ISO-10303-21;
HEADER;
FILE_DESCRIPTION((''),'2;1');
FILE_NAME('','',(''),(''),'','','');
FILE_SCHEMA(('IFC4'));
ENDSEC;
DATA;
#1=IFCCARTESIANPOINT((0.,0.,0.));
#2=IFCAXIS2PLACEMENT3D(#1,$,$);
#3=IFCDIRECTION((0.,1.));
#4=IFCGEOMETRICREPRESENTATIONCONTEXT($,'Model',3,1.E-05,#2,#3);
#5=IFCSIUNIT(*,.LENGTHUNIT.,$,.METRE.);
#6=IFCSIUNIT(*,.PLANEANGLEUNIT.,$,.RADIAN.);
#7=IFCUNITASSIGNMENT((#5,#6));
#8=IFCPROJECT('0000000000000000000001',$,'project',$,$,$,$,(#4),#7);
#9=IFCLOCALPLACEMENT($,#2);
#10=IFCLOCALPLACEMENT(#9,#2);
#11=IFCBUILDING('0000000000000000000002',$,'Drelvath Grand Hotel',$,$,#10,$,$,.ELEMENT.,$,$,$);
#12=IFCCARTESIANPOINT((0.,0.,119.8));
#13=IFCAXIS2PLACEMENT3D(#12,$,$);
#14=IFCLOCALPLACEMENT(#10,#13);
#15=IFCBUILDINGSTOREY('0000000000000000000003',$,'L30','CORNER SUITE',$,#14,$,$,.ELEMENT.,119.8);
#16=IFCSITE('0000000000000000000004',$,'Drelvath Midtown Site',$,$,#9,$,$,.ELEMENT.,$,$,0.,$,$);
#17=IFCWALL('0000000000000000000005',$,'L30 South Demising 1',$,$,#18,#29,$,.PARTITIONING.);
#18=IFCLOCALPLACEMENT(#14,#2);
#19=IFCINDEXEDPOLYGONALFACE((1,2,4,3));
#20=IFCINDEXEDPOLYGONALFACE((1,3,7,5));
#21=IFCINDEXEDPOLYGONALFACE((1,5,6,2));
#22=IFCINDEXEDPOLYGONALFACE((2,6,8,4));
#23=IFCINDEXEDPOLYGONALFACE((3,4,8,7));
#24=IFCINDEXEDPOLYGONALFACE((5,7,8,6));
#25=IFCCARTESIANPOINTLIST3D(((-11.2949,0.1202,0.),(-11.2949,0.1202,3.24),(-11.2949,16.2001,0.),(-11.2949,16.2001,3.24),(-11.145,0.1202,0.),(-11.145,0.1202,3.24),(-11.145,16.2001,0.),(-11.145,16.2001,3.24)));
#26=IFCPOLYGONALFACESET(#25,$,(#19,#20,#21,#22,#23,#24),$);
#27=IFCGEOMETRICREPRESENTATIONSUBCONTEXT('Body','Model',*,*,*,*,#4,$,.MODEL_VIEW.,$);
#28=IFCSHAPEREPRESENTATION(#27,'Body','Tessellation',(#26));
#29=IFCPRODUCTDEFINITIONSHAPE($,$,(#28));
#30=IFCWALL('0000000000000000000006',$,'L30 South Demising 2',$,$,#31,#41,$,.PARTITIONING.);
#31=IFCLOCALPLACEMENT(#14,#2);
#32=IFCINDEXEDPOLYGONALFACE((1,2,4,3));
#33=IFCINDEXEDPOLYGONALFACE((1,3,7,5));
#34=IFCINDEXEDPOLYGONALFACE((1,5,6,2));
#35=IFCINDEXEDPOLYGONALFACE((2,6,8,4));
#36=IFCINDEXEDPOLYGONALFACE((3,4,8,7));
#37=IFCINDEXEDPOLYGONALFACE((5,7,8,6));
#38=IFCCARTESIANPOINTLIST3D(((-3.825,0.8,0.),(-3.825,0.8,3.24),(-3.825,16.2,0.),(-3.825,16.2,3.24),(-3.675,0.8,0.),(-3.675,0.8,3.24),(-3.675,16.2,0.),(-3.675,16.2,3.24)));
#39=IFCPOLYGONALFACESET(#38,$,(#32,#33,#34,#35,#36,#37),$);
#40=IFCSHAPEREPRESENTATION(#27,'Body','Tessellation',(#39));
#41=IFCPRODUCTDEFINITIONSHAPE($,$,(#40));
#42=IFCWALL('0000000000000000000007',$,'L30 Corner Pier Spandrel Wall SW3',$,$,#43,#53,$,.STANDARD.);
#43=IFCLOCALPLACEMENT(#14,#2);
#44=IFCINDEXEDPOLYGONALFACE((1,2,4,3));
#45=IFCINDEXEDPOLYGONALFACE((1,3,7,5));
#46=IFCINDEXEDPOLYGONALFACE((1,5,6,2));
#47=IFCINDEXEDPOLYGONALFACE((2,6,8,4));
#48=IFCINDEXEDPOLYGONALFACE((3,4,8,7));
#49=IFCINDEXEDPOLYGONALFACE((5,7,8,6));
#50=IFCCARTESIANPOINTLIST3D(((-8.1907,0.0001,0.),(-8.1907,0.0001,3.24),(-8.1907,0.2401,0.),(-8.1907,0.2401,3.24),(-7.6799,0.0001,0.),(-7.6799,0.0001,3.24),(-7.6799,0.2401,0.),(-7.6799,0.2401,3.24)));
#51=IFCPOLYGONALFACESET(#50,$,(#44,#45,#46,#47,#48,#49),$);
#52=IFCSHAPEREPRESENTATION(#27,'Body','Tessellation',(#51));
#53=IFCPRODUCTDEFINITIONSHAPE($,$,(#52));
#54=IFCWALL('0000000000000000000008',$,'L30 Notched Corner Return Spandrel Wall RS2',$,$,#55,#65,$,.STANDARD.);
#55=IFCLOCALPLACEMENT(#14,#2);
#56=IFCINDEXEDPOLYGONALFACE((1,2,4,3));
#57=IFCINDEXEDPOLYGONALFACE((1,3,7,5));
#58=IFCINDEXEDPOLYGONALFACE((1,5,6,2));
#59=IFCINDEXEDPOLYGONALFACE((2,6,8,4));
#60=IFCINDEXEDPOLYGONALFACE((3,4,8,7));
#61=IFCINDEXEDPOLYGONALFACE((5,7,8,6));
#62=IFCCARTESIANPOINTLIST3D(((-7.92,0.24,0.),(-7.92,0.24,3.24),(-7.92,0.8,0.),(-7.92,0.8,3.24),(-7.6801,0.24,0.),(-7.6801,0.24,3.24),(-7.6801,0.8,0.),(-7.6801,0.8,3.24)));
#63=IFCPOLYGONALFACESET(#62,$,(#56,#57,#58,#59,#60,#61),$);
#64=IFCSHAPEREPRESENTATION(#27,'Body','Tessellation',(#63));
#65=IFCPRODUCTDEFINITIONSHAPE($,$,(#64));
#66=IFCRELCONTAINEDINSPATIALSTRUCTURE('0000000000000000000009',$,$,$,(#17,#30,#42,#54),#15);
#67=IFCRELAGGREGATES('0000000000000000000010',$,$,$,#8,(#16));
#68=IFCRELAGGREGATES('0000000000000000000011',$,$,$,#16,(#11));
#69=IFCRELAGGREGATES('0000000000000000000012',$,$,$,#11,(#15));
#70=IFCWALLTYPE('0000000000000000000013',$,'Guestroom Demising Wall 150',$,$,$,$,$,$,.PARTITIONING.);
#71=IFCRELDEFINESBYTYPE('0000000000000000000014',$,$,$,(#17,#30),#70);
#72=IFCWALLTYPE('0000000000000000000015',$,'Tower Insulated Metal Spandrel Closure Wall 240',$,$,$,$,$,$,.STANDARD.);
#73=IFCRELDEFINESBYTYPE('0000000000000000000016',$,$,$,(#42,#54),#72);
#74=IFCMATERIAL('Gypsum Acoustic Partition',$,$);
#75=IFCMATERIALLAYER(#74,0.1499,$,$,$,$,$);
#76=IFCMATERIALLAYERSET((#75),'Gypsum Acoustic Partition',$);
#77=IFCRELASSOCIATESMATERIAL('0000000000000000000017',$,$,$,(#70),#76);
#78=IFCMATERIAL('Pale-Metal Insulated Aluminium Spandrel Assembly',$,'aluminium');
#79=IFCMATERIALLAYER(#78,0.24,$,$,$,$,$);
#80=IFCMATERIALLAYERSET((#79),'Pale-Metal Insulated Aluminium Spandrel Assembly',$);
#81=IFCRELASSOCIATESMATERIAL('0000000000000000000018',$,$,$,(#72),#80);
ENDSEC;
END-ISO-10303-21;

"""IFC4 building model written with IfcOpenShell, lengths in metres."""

from ifc_helpers import new_model, si_unit, direction, frame, frame_2d, origin, place, context, subcontext, project, spatial, rectangle, extrude, material, layer, layer_set, type_object, element, save


model = new_model("IFC4")

# Units and contexts
model_context = context("Model", 3, precision=1e-05, world=origin(), true_north=direction((0.0, 1.0)))
body_context = subcontext(model_context, "Body", "Model", "MODEL_VIEW")
ifc_project = project(units=[si_unit("LENGTHUNIT", "METRE"), si_unit("PLANEANGLEUNIT", "RADIAN")], contexts=[model_context])

# Site, building, storey
site_placement = place(None, origin())
site = spatial("IfcSite", under=ifc_project, at=site_placement, Name="Drelvath Midtown Site", CompositionType="ELEMENT", RefElevation=0.0)
building_placement = place(site_placement, origin())
building = spatial("IfcBuilding", under=site, at=building_placement, Name="Drelvath Grand Hotel", CompositionType="ELEMENT")
storey_placement = place(building_placement, frame((0.0, 0.0, 119.8)))
storey = spatial("IfcBuildingStorey", under=building, at=storey_placement, Name="L30", Description="CORNER SUITE", CompositionType="ELEMENT", Elevation=119.8)

# Walls
ifc_material_1 = material(Name="Gypsum Acoustic Partition")
ifc_layer_1 = layer(ifc_material_1, 0.1499)
ifc_layer_set_1 = layer_set([ifc_layer_1], Name="Gypsum Acoustic Partition")
wall_type_1 = type_object("IfcWallType", Name="Guestroom Demising Wall 150", PredefinedType="PARTITIONING", material=ifc_layer_set_1)
wall_1_placement = place(storey_placement, frame((-11.22, 0.1201, 0.0), z_axis=(0.0, 0.0, 1.0), x_axis=(0.0, 1.0, 0.0)))
element("IfcWall", 1, at=wall_1_placement, inside=storey, type_object=wall_type_1, Name="L30 South Demising 1", PredefinedType="PARTITIONING", context=body_context, shape_type="SweptSolid", body=[
    extrude(rectangle(XDim=16.0798, YDim=0.1499, at=frame_2d((8.04, 0.0))), origin(), (0.0, 0.0, 1.0), 3.24),
])
wall_2_placement = place(storey_placement, frame((-3.75, 0.8, 0.0), z_axis=(0.0, 0.0, 1.0), x_axis=(0.0, 1.0, 0.0)))
element("IfcWall", 2, at=wall_2_placement, inside=storey, type_object=wall_type_1, Name="L30 South Demising 2", PredefinedType="PARTITIONING", context=body_context, shape_type="SweptSolid", body=[
    extrude(rectangle(XDim=15.3999, YDim=0.1499, at=frame_2d((7.7, 0.0))), origin(), (0.0, 0.0, 1.0), 3.24),
])
ifc_material_2 = material(Name="Pale-Metal Insulated Aluminium Spandrel Assembly", Category="aluminium")
ifc_layer_2 = layer(ifc_material_2, 0.24)
ifc_layer_set_2 = layer_set([ifc_layer_2], Name="Pale-Metal Insulated Aluminium Spandrel Assembly")
wall_type_2 = type_object("IfcWallType", Name="Tower Insulated Metal Spandrel Closure Wall 240", PredefinedType="STANDARD", material=ifc_layer_set_2)
wall_3_placement = place(storey_placement, frame((-7.6799, 0.1201, 0.0), z_axis=(0.0, 0.0, 1.0), x_axis=(-1.0, 0.0, 0.0)))
element("IfcWall", 3, at=wall_3_placement, inside=storey, type_object=wall_type_2, Name="L30 Corner Pier Spandrel Wall SW3", PredefinedType="STANDARD", context=body_context, shape_type="SweptSolid", body=[
    extrude(rectangle(XDim=0.5107, YDim=0.24, at=frame_2d((0.2554, 0.0))), origin(), (0.0, 0.0, 1.0), 3.24),
])
wall_4_placement = place(storey_placement, frame((-7.8, 0.8, 0.0), z_axis=(0.0, 0.0, 1.0), x_axis=(0.0, -1.0, 0.0)))
element("IfcWall", 4, at=wall_4_placement, inside=storey, type_object=wall_type_2, Name="L30 Notched Corner Return Spandrel Wall RS2", PredefinedType="STANDARD", context=body_context, shape_type="SweptSolid", body=[
    extrude(rectangle(XDim=0.5601, YDim=0.24, at=frame_2d((0.28, 0.0))), origin(), (0.0, 0.0, 1.0), 3.24),
])

save(model, "model.ifc")
